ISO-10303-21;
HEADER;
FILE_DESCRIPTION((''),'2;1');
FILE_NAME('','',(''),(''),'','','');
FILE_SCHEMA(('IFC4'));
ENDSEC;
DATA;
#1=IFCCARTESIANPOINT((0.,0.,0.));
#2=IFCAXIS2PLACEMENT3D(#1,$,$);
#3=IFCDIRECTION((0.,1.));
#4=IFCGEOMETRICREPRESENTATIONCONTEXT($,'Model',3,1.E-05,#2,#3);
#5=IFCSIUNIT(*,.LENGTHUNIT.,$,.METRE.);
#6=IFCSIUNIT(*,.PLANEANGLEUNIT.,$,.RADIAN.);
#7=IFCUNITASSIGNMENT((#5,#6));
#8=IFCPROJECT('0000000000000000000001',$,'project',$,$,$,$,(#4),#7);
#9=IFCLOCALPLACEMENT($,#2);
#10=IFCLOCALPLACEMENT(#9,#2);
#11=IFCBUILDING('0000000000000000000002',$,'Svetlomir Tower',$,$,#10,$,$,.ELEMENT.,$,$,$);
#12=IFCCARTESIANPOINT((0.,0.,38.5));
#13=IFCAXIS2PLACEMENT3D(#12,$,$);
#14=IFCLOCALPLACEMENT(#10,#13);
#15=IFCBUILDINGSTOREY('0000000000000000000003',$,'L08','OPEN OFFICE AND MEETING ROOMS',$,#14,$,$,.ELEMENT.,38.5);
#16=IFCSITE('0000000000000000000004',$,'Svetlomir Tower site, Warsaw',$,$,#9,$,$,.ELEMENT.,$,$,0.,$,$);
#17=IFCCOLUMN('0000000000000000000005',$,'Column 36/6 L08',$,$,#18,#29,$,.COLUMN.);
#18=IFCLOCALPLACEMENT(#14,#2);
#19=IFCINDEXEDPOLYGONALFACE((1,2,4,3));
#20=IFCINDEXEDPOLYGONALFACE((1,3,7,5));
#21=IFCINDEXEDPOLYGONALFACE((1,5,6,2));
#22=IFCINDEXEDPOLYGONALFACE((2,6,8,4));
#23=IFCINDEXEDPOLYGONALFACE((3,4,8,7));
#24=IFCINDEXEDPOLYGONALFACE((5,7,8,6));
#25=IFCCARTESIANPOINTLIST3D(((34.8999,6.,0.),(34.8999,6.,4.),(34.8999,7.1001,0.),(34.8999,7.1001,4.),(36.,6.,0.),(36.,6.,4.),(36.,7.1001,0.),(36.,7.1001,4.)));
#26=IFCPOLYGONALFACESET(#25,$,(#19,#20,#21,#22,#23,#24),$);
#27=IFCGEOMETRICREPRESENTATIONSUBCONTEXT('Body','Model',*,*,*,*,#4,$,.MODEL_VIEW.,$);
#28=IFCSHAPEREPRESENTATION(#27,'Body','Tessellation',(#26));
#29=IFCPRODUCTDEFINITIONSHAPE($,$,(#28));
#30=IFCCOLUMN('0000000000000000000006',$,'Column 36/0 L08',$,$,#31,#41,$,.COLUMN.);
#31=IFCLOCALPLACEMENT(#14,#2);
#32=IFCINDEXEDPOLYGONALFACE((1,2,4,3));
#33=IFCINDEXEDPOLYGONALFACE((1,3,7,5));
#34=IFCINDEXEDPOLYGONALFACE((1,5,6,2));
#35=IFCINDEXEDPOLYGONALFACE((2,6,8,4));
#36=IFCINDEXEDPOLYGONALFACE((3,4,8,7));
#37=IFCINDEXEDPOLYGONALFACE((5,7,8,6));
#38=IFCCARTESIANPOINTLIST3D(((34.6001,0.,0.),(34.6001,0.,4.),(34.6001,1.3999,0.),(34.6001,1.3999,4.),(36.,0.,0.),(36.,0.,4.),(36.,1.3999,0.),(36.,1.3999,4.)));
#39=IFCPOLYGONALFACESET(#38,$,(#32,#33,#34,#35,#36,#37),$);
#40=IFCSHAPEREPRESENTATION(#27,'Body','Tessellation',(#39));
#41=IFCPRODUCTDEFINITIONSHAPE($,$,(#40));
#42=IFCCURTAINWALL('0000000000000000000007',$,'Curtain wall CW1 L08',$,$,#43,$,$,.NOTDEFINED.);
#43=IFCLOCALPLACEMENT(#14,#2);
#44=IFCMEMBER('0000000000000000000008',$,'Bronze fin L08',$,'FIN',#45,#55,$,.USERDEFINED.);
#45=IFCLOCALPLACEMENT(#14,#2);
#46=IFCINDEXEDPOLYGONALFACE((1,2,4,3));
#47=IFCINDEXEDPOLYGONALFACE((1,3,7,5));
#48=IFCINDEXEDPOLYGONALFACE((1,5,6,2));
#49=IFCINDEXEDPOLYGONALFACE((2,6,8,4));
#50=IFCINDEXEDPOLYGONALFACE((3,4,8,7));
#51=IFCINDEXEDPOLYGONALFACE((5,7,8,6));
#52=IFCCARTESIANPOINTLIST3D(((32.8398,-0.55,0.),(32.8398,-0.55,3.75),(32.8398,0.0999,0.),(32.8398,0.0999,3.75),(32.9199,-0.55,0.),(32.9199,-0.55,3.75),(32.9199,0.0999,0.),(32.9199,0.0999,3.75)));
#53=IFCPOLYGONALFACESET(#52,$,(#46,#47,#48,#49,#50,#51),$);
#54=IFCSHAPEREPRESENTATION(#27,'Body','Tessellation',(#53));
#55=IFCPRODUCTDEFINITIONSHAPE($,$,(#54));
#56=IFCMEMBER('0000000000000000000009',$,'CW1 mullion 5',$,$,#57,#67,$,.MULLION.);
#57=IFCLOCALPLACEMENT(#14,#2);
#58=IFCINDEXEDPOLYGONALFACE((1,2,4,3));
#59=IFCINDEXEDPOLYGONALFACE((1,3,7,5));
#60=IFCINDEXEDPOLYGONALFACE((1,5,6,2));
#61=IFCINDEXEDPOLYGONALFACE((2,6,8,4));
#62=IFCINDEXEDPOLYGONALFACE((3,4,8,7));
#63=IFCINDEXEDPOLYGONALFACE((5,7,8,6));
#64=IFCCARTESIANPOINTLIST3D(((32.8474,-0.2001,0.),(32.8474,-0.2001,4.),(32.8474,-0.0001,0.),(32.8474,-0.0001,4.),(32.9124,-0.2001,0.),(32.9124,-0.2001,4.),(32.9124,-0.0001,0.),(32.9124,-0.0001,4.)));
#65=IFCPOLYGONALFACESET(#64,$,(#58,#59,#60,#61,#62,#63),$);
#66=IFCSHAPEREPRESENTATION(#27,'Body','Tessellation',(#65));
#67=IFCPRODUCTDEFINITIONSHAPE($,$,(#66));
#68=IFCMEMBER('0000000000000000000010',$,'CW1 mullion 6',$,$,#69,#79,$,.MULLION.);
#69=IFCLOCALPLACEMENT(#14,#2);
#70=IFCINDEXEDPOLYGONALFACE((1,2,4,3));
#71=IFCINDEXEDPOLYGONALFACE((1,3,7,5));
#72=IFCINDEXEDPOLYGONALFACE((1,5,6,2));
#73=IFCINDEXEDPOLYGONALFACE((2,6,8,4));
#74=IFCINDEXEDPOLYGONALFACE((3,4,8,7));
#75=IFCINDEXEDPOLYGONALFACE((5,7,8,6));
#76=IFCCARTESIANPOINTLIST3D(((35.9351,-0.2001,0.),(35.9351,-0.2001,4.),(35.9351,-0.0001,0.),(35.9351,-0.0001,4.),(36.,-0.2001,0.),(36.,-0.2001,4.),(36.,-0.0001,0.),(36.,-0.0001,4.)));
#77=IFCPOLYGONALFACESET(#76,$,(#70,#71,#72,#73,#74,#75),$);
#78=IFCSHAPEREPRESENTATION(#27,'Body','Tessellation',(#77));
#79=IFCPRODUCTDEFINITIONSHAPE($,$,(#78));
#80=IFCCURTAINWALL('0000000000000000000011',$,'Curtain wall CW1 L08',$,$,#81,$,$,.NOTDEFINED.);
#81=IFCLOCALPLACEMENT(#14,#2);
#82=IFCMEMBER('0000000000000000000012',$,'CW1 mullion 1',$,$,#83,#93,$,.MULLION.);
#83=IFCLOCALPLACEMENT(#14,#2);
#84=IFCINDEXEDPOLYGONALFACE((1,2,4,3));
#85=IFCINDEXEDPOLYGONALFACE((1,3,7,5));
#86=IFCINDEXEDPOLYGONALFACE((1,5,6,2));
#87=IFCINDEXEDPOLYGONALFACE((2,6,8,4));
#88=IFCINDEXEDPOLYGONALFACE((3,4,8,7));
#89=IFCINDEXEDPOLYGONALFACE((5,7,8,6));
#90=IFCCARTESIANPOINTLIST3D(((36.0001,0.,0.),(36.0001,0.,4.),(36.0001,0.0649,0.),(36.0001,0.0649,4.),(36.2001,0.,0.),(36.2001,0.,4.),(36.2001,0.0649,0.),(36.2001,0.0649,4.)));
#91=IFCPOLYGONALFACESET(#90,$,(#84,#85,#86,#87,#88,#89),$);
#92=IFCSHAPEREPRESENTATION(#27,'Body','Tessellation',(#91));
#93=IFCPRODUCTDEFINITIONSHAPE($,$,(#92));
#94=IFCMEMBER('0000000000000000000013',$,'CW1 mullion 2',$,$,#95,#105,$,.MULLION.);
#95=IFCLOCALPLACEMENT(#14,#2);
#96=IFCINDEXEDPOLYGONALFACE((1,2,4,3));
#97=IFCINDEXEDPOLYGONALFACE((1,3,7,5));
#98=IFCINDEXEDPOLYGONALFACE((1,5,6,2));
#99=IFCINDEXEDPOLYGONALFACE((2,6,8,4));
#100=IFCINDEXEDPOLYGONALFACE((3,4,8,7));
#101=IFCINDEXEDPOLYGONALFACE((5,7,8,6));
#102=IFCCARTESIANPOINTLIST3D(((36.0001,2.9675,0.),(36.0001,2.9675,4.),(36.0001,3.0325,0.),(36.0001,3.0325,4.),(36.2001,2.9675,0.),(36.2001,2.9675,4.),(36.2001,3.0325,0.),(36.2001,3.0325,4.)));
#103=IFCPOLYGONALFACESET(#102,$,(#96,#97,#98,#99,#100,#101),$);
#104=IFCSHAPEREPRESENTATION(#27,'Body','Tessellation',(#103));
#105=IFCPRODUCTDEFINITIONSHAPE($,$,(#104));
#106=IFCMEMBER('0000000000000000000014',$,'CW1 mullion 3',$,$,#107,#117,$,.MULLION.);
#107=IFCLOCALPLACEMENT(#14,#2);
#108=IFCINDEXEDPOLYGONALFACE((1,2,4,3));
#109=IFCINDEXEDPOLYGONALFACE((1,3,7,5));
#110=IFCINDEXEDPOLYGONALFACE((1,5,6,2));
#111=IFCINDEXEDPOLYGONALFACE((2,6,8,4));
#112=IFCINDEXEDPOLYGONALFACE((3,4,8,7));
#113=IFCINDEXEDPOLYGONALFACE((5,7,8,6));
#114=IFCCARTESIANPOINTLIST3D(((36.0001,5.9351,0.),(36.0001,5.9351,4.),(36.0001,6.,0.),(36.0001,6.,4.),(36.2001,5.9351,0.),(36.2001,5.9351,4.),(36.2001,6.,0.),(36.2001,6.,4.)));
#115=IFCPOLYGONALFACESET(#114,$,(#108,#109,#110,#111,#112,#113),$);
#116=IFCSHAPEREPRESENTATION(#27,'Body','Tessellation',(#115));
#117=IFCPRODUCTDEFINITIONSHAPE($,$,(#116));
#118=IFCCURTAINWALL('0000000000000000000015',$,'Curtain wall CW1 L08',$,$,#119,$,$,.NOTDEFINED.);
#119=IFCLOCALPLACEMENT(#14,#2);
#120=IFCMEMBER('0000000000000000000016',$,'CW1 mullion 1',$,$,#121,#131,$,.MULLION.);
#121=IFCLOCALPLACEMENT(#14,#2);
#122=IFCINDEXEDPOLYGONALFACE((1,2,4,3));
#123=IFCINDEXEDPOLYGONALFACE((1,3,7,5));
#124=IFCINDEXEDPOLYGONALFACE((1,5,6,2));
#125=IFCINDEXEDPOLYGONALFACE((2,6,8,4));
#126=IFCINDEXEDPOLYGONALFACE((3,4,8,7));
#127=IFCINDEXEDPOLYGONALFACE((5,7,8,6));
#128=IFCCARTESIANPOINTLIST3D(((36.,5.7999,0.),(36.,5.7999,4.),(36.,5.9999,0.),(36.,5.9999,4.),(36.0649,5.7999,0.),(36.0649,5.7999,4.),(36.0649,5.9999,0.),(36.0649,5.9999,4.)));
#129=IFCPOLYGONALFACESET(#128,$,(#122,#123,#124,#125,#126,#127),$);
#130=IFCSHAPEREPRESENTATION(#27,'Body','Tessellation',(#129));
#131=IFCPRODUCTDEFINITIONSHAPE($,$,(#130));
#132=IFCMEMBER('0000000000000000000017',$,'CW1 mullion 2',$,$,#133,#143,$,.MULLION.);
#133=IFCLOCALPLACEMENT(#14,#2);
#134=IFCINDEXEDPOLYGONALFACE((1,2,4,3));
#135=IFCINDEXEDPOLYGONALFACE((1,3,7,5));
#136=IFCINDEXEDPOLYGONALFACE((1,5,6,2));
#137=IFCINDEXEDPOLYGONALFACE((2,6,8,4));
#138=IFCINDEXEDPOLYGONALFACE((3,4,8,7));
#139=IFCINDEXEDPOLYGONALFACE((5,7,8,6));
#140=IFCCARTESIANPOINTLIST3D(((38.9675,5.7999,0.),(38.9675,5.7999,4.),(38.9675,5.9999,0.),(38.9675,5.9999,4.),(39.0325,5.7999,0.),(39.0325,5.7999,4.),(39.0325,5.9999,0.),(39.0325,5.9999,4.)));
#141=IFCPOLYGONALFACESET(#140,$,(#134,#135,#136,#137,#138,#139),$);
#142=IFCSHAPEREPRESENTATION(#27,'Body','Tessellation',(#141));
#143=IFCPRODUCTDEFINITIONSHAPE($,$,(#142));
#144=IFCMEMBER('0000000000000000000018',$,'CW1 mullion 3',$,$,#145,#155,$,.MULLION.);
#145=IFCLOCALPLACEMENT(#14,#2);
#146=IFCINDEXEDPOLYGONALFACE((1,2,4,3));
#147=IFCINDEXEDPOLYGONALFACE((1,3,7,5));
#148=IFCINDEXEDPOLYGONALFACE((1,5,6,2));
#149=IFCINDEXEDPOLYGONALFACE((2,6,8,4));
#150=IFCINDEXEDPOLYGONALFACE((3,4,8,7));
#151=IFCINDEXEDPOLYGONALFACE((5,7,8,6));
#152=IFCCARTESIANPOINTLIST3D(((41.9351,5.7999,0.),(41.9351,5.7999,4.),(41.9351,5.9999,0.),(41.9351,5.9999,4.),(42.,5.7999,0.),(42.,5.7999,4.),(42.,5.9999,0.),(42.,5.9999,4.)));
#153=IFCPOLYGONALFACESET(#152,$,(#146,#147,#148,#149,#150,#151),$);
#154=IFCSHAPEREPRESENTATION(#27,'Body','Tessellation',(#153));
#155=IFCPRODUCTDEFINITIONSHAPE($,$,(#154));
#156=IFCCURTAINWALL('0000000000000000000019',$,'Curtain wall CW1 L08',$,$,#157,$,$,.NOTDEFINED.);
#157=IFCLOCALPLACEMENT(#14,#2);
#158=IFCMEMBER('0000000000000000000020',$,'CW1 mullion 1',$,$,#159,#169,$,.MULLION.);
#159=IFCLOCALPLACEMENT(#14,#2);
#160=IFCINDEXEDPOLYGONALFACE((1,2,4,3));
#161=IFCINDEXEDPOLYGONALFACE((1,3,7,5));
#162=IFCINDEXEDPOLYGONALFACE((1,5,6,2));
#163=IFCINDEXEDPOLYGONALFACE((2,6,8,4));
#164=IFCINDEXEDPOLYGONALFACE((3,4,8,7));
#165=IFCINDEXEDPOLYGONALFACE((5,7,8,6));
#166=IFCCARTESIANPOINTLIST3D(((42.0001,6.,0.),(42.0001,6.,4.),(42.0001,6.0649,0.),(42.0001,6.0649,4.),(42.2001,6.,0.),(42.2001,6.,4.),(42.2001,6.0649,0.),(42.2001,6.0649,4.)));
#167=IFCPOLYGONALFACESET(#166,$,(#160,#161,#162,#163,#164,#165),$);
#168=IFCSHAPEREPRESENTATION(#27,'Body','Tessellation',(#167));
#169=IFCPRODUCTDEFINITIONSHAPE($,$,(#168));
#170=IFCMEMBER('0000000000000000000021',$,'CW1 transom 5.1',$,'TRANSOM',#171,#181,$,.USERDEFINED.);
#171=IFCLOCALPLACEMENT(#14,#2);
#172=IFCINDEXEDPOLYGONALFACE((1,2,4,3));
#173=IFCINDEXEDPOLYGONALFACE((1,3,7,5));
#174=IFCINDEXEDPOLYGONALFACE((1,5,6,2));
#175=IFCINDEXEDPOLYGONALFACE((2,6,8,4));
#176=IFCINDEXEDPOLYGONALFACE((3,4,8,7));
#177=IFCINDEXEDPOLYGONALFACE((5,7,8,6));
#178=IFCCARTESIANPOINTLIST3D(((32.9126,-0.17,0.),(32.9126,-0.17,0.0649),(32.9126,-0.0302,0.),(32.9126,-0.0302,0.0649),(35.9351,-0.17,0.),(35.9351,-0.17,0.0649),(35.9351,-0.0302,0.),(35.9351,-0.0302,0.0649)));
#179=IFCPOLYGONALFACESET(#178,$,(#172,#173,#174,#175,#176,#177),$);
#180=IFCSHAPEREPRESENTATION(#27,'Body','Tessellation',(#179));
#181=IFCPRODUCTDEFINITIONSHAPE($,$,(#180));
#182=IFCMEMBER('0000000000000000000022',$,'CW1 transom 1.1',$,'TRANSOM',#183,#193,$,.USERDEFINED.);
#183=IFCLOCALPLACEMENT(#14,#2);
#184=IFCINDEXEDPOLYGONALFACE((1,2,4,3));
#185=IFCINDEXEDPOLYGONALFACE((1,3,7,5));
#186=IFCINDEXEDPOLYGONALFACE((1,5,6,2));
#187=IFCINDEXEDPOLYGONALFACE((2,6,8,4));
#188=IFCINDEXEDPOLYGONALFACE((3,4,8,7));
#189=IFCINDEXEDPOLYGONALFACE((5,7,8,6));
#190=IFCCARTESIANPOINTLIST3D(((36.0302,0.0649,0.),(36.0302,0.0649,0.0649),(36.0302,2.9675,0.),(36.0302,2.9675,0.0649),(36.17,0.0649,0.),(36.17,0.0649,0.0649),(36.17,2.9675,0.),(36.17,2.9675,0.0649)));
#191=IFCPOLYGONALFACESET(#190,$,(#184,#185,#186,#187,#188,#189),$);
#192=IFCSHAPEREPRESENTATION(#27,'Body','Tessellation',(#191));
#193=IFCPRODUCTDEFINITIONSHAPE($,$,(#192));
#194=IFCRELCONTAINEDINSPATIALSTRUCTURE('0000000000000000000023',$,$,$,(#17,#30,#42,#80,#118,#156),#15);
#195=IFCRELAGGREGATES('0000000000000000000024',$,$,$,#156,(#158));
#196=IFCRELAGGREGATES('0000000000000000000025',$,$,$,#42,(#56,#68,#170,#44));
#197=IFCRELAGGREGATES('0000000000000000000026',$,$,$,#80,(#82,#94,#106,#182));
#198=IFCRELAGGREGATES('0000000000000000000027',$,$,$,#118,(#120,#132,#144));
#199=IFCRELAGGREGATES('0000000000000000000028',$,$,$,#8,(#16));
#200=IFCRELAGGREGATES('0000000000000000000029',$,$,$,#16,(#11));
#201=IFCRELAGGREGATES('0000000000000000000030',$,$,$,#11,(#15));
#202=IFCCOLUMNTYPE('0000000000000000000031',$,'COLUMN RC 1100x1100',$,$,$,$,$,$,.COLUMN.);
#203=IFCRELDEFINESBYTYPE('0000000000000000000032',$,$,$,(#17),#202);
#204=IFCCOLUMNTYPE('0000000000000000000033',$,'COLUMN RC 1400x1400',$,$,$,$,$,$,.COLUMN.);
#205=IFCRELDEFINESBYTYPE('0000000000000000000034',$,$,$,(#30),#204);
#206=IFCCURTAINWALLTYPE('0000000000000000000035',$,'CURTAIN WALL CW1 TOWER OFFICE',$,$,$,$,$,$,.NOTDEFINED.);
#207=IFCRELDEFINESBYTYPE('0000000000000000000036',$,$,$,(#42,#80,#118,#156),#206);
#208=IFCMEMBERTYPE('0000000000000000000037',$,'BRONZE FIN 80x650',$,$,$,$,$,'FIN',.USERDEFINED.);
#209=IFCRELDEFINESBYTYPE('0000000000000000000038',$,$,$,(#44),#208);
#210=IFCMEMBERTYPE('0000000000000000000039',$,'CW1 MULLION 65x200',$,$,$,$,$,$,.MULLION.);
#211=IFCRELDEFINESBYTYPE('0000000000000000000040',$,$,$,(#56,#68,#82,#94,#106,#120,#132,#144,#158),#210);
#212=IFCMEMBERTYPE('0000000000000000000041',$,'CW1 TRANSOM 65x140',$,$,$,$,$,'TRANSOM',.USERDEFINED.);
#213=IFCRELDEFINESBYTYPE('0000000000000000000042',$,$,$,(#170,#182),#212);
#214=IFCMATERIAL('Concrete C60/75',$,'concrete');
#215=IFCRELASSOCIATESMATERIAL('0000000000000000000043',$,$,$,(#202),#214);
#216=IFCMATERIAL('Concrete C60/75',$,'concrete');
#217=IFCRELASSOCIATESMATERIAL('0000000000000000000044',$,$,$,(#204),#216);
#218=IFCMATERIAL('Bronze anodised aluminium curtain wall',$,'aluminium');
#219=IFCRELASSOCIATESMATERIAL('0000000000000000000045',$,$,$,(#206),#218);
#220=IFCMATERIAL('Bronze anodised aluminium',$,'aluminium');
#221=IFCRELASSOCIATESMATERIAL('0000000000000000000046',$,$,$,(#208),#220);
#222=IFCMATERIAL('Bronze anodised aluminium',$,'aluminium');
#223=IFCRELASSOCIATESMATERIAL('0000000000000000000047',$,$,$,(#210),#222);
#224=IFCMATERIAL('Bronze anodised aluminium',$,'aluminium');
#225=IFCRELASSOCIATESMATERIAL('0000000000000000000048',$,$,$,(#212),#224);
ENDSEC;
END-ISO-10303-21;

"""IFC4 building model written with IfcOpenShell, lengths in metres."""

from ifc_helpers import new_model, si_unit, direction, frame, origin, origin_2d, place, context, subcontext, project, spatial, rectangle, extrude, material, material_profile, profile_set, type_object, element, aggregate, save


model = new_model("IFC4")

# Units and contexts
model_context = context("Model", 3, precision=1e-05, world=origin(), true_north=direction((0.0, 1.0)))
body_context = subcontext(model_context, "Body", "Model", "MODEL_VIEW")
ifc_project = project(units=[si_unit("LENGTHUNIT", "METRE"), si_unit("PLANEANGLEUNIT", "RADIAN")], contexts=[model_context])

# Site, building, storey
site_placement = place(None, origin())
site = spatial("IfcSite", under=ifc_project, at=site_placement, Name="Svetlomir Tower site, Warsaw", CompositionType="ELEMENT", RefElevation=0.0)
building_placement = place(site_placement, origin())
building = spatial("IfcBuilding", under=site, at=building_placement, Name="Svetlomir Tower", CompositionType="ELEMENT")
storey_placement = place(building_placement, frame((0.0, 0.0, 38.5)))
storey = spatial("IfcBuildingStorey", under=building, at=storey_placement, Name="L08", Description="OPEN OFFICE AND MEETING ROOMS", CompositionType="ELEMENT", Elevation=38.5)

# Columns
ifc_material_1 = material(Name="Concrete C60/75", Category="concrete")
ifc_material_profile_1 = material_profile(ifc_material_1, rectangle(XDim=1.1001, YDim=1.1001, at=origin_2d()), Name="RC 1100x1100")
ifc_profile_set_1 = profile_set([ifc_material_profile_1], Name="Concrete C60/75")
column_type_1 = type_object("IfcColumnType", Name="COLUMN RC 1100x1100", PredefinedType="COLUMN", material=ifc_profile_set_1)
column_1_placement = place(storey_placement, frame((35.45, 6.55, 0.0), z_axis=(0.0, 0.0, 1.0), x_axis=(1.0, 0.0, 0.0)))
element("IfcColumn", 1, at=column_1_placement, inside=storey, type_object=column_type_1, Name="Column 36/6 L08", PredefinedType="COLUMN", context=body_context, shape_type="SweptSolid", body=[
    extrude(rectangle(XDim=1.1001, YDim=1.1001, at=origin_2d()), origin(), (0.0, 0.0, 1.0), 4.0),
])
ifc_material_2 = material(Name="Concrete C60/75", Category="concrete")
ifc_material_profile_2 = material_profile(ifc_material_2, rectangle(XDim=1.3999, YDim=1.3999, at=origin_2d()), Name="RC 1400x1400")
ifc_profile_set_2 = profile_set([ifc_material_profile_2], Name="Concrete C60/75")
column_type_2 = type_object("IfcColumnType", Name="COLUMN RC 1400x1400", PredefinedType="COLUMN", material=ifc_profile_set_2)
column_2_placement = place(storey_placement, frame((35.3, 0.7, 0.0), z_axis=(0.0, 0.0, 1.0), x_axis=(1.0, 0.0, 0.0)))
element("IfcColumn", 2, at=column_2_placement, inside=storey, type_object=column_type_2, Name="Column 36/0 L08", PredefinedType="COLUMN", context=body_context, shape_type="SweptSolid", body=[
    extrude(rectangle(XDim=1.3999, YDim=1.3999, at=origin_2d()), origin(), (0.0, 0.0, 1.0), 4.0),
])

# Curtain walls, members
ifc_material_3 = material(Name="Bronze anodised aluminium curtain wall", Category="aluminium")
curtain_wall_type = type_object("IfcCurtainWallType", Name="CURTAIN WALL CW1 TOWER OFFICE", PredefinedType="NOTDEFINED", material=ifc_material_3)
curtain_wall_1_placement = place(storey_placement, origin())
curtain_wall_1 = element("IfcCurtainWall", 3, at=curtain_wall_1_placement, inside=storey, type_object=curtain_wall_type, Name="Curtain wall CW1 L08", PredefinedType="NOTDEFINED")
ifc_material_4 = material(Name="Bronze anodised aluminium", Category="aluminium")
ifc_material_profile_3 = material_profile(ifc_material_4, rectangle(XDim=0.0801, YDim=0.6499, at=origin_2d()), Name="FIN 80x650")
ifc_profile_set_3 = profile_set([ifc_material_profile_3], Name="Bronze anodised aluminium 6063-T6")
member_type_1 = type_object("IfcMemberType", Name="BRONZE FIN 80x650", ElementType="FIN", PredefinedType="USERDEFINED", material=ifc_profile_set_3)
member_1_placement = place(storey_placement, frame((32.8799, -0.2251, 0.0), z_axis=(0.0, 0.0, 1.0), x_axis=(1.0, 0.0, 0.0)))
member_1 = element("IfcMember", 4, at=member_1_placement, type_object=member_type_1, Name="Bronze fin L08", ObjectType="FIN", PredefinedType="USERDEFINED", context=body_context, shape_type="SweptSolid", body=[
    extrude(rectangle(XDim=0.0801, YDim=0.6499, at=origin_2d()), origin(), (0.0, 0.0, 1.0), 3.75),
])
ifc_material_5 = material(Name="Bronze anodised aluminium", Category="aluminium")
ifc_material_profile_4 = material_profile(ifc_material_5, rectangle(XDim=0.0649, YDim=0.2, at=origin_2d()), Name="AL 65x200")
ifc_profile_set_4 = profile_set([ifc_material_profile_4], Name="Bronze anodised aluminium 6063-T6")
member_type_2 = type_object("IfcMemberType", Name="CW1 MULLION 65x200", PredefinedType="MULLION", material=ifc_profile_set_4)
member_2_placement = place(storey_placement, frame((32.8799, -0.1001, 0.0), z_axis=(0.0, 0.0, 1.0), x_axis=(1.0, 0.0, 0.0)))
member_2 = element("IfcMember", 5, at=member_2_placement, type_object=member_type_2, Name="CW1 mullion 5", PredefinedType="MULLION", context=body_context, shape_type="SweptSolid", body=[
    extrude(rectangle(XDim=0.0649, YDim=0.2, at=origin_2d()), origin(), (0.0, 0.0, 1.0), 4.0),
])
member_3_placement = place(storey_placement, frame((35.9675, -0.1001, 0.0), z_axis=(0.0, 0.0, 1.0), x_axis=(1.0, 0.0, 0.0)))
member_3 = element("IfcMember", 6, at=member_3_placement, type_object=member_type_2, Name="CW1 mullion 6", PredefinedType="MULLION", context=body_context, shape_type="SweptSolid", body=[
    extrude(rectangle(XDim=0.0649, YDim=0.2, at=origin_2d()), origin(), (0.0, 0.0, 1.0), 4.0),
])
curtain_wall_2_placement = place(storey_placement, origin())
curtain_wall_2 = element("IfcCurtainWall", 7, at=curtain_wall_2_placement, inside=storey, type_object=curtain_wall_type, Name="Curtain wall CW1 L08", PredefinedType="NOTDEFINED")
member_4_placement = place(storey_placement, frame((36.1001, 0.0325, 0.0), z_axis=(0.0, 0.0, 1.0), x_axis=(0.0, 1.0, 0.0)))
member_4 = element("IfcMember", 8, at=member_4_placement, type_object=member_type_2, Name="CW1 mullion 1", PredefinedType="MULLION", context=body_context, shape_type="SweptSolid", body=[
    extrude(rectangle(XDim=0.0649, YDim=0.2, at=origin_2d()), origin(), (0.0, 0.0, 1.0), 4.0),
])
member_5_placement = place(storey_placement, frame((36.1001, 3.0, 0.0), z_axis=(0.0, 0.0, 1.0), x_axis=(0.0, 1.0, 0.0)))
member_5 = element("IfcMember", 9, at=member_5_placement, type_object=member_type_2, Name="CW1 mullion 2", PredefinedType="MULLION", context=body_context, shape_type="SweptSolid", body=[
    extrude(rectangle(XDim=0.0649, YDim=0.2, at=origin_2d()), origin(), (0.0, 0.0, 1.0), 4.0),
])
member_6_placement = place(storey_placement, frame((36.1001, 5.9675, 0.0), z_axis=(0.0, 0.0, 1.0), x_axis=(0.0, 1.0, 0.0)))
member_6 = element("IfcMember", 10, at=member_6_placement, type_object=member_type_2, Name="CW1 mullion 3", PredefinedType="MULLION", context=body_context, shape_type="SweptSolid", body=[
    extrude(rectangle(XDim=0.0649, YDim=0.2, at=origin_2d()), origin(), (0.0, 0.0, 1.0), 4.0),
])
curtain_wall_3_placement = place(storey_placement, origin())
curtain_wall_3 = element("IfcCurtainWall", 11, at=curtain_wall_3_placement, inside=storey, type_object=curtain_wall_type, Name="Curtain wall CW1 L08", PredefinedType="NOTDEFINED")
member_7_placement = place(storey_placement, frame((36.0325, 5.8999, 0.0), z_axis=(0.0, 0.0, 1.0), x_axis=(1.0, 0.0, 0.0)))
member_7 = element("IfcMember", 12, at=member_7_placement, type_object=member_type_2, Name="CW1 mullion 1", PredefinedType="MULLION", context=body_context, shape_type="SweptSolid", body=[
    extrude(rectangle(XDim=0.0649, YDim=0.2, at=origin_2d()), origin(), (0.0, 0.0, 1.0), 4.0),
])
member_8_placement = place(storey_placement, frame((39.0, 5.8999, 0.0), z_axis=(0.0, 0.0, 1.0), x_axis=(1.0, 0.0, 0.0)))
member_8 = element("IfcMember", 13, at=member_8_placement, type_object=member_type_2, Name="CW1 mullion 2", PredefinedType="MULLION", context=body_context, shape_type="SweptSolid", body=[
    extrude(rectangle(XDim=0.0649, YDim=0.2, at=origin_2d()), origin(), (0.0, 0.0, 1.0), 4.0),
])
member_9_placement = place(storey_placement, frame((41.9675, 5.8999, 0.0), z_axis=(0.0, 0.0, 1.0), x_axis=(1.0, 0.0, 0.0)))
member_9 = element("IfcMember", 14, at=member_9_placement, type_object=member_type_2, Name="CW1 mullion 3", PredefinedType="MULLION", context=body_context, shape_type="SweptSolid", body=[
    extrude(rectangle(XDim=0.0649, YDim=0.2, at=origin_2d()), origin(), (0.0, 0.0, 1.0), 4.0),
])

# Curtain wall, member
curtain_wall_4_placement = place(storey_placement, origin())
curtain_wall_4 = element("IfcCurtainWall", 15, at=curtain_wall_4_placement, inside=storey, type_object=curtain_wall_type, Name="Curtain wall CW1 L08", PredefinedType="NOTDEFINED")
member_10_placement = place(storey_placement, frame((42.1001, 6.0325, 0.0), z_axis=(0.0, 0.0, 1.0), x_axis=(0.0, 1.0, 0.0)))
member_10 = element("IfcMember", 16, at=member_10_placement, type_object=member_type_2, Name="CW1 mullion 1", PredefinedType="MULLION", context=body_context, shape_type="SweptSolid", body=[
    extrude(rectangle(XDim=0.0649, YDim=0.2, at=origin_2d()), origin(), (0.0, 0.0, 1.0), 4.0),
])

# Members
ifc_material_6 = material(Name="Bronze anodised aluminium", Category="aluminium")
ifc_material_profile_5 = material_profile(ifc_material_6, rectangle(XDim=0.1399, YDim=0.0649, at=origin_2d()), Name="AL 140x65")
ifc_profile_set_5 = profile_set([ifc_material_profile_5], Name="Bronze anodised aluminium 6063-T6")
member_type_3 = type_object("IfcMemberType", Name="CW1 TRANSOM 65x140", ElementType="TRANSOM", PredefinedType="USERDEFINED", material=ifc_profile_set_5)
member_11_placement = place(storey_placement, frame((32.9126, -0.1001, 0.0325), z_axis=(1.0, 0.0, 0.0), x_axis=(0.0, 1.0, 0.0)))
member_11 = element("IfcMember", 17, at=member_11_placement, type_object=member_type_3, Name="CW1 transom 5.1", ObjectType="TRANSOM", PredefinedType="USERDEFINED", context=body_context, shape_type="SweptSolid", body=[
    extrude(rectangle(XDim=0.1399, YDim=0.0649, at=origin_2d()), origin(), (0.0, 0.0, 1.0), 3.0225),
])
member_12_placement = place(storey_placement, frame((36.1001, 0.0649, 0.0325), z_axis=(0.0, 1.0, 0.0), x_axis=(-1.0, 0.0, 0.0)))
member_12 = element("IfcMember", 18, at=member_12_placement, type_object=member_type_3, Name="CW1 transom 1.1", ObjectType="TRANSOM", PredefinedType="USERDEFINED", context=body_context, shape_type="SweptSolid", body=[
    extrude(rectangle(XDim=0.1399, YDim=0.0649, at=origin_2d()), origin(), (0.0, 0.0, 1.0), 2.9026),
])
aggregate(curtain_wall_4, [member_10])

aggregate(curtain_wall_1, [member_2, member_3, member_11, member_1])
aggregate(curtain_wall_2, [member_4, member_5, member_6, member_12])
aggregate(curtain_wall_3, [member_7, member_8, member_9])

save(model, "model.ifc")
